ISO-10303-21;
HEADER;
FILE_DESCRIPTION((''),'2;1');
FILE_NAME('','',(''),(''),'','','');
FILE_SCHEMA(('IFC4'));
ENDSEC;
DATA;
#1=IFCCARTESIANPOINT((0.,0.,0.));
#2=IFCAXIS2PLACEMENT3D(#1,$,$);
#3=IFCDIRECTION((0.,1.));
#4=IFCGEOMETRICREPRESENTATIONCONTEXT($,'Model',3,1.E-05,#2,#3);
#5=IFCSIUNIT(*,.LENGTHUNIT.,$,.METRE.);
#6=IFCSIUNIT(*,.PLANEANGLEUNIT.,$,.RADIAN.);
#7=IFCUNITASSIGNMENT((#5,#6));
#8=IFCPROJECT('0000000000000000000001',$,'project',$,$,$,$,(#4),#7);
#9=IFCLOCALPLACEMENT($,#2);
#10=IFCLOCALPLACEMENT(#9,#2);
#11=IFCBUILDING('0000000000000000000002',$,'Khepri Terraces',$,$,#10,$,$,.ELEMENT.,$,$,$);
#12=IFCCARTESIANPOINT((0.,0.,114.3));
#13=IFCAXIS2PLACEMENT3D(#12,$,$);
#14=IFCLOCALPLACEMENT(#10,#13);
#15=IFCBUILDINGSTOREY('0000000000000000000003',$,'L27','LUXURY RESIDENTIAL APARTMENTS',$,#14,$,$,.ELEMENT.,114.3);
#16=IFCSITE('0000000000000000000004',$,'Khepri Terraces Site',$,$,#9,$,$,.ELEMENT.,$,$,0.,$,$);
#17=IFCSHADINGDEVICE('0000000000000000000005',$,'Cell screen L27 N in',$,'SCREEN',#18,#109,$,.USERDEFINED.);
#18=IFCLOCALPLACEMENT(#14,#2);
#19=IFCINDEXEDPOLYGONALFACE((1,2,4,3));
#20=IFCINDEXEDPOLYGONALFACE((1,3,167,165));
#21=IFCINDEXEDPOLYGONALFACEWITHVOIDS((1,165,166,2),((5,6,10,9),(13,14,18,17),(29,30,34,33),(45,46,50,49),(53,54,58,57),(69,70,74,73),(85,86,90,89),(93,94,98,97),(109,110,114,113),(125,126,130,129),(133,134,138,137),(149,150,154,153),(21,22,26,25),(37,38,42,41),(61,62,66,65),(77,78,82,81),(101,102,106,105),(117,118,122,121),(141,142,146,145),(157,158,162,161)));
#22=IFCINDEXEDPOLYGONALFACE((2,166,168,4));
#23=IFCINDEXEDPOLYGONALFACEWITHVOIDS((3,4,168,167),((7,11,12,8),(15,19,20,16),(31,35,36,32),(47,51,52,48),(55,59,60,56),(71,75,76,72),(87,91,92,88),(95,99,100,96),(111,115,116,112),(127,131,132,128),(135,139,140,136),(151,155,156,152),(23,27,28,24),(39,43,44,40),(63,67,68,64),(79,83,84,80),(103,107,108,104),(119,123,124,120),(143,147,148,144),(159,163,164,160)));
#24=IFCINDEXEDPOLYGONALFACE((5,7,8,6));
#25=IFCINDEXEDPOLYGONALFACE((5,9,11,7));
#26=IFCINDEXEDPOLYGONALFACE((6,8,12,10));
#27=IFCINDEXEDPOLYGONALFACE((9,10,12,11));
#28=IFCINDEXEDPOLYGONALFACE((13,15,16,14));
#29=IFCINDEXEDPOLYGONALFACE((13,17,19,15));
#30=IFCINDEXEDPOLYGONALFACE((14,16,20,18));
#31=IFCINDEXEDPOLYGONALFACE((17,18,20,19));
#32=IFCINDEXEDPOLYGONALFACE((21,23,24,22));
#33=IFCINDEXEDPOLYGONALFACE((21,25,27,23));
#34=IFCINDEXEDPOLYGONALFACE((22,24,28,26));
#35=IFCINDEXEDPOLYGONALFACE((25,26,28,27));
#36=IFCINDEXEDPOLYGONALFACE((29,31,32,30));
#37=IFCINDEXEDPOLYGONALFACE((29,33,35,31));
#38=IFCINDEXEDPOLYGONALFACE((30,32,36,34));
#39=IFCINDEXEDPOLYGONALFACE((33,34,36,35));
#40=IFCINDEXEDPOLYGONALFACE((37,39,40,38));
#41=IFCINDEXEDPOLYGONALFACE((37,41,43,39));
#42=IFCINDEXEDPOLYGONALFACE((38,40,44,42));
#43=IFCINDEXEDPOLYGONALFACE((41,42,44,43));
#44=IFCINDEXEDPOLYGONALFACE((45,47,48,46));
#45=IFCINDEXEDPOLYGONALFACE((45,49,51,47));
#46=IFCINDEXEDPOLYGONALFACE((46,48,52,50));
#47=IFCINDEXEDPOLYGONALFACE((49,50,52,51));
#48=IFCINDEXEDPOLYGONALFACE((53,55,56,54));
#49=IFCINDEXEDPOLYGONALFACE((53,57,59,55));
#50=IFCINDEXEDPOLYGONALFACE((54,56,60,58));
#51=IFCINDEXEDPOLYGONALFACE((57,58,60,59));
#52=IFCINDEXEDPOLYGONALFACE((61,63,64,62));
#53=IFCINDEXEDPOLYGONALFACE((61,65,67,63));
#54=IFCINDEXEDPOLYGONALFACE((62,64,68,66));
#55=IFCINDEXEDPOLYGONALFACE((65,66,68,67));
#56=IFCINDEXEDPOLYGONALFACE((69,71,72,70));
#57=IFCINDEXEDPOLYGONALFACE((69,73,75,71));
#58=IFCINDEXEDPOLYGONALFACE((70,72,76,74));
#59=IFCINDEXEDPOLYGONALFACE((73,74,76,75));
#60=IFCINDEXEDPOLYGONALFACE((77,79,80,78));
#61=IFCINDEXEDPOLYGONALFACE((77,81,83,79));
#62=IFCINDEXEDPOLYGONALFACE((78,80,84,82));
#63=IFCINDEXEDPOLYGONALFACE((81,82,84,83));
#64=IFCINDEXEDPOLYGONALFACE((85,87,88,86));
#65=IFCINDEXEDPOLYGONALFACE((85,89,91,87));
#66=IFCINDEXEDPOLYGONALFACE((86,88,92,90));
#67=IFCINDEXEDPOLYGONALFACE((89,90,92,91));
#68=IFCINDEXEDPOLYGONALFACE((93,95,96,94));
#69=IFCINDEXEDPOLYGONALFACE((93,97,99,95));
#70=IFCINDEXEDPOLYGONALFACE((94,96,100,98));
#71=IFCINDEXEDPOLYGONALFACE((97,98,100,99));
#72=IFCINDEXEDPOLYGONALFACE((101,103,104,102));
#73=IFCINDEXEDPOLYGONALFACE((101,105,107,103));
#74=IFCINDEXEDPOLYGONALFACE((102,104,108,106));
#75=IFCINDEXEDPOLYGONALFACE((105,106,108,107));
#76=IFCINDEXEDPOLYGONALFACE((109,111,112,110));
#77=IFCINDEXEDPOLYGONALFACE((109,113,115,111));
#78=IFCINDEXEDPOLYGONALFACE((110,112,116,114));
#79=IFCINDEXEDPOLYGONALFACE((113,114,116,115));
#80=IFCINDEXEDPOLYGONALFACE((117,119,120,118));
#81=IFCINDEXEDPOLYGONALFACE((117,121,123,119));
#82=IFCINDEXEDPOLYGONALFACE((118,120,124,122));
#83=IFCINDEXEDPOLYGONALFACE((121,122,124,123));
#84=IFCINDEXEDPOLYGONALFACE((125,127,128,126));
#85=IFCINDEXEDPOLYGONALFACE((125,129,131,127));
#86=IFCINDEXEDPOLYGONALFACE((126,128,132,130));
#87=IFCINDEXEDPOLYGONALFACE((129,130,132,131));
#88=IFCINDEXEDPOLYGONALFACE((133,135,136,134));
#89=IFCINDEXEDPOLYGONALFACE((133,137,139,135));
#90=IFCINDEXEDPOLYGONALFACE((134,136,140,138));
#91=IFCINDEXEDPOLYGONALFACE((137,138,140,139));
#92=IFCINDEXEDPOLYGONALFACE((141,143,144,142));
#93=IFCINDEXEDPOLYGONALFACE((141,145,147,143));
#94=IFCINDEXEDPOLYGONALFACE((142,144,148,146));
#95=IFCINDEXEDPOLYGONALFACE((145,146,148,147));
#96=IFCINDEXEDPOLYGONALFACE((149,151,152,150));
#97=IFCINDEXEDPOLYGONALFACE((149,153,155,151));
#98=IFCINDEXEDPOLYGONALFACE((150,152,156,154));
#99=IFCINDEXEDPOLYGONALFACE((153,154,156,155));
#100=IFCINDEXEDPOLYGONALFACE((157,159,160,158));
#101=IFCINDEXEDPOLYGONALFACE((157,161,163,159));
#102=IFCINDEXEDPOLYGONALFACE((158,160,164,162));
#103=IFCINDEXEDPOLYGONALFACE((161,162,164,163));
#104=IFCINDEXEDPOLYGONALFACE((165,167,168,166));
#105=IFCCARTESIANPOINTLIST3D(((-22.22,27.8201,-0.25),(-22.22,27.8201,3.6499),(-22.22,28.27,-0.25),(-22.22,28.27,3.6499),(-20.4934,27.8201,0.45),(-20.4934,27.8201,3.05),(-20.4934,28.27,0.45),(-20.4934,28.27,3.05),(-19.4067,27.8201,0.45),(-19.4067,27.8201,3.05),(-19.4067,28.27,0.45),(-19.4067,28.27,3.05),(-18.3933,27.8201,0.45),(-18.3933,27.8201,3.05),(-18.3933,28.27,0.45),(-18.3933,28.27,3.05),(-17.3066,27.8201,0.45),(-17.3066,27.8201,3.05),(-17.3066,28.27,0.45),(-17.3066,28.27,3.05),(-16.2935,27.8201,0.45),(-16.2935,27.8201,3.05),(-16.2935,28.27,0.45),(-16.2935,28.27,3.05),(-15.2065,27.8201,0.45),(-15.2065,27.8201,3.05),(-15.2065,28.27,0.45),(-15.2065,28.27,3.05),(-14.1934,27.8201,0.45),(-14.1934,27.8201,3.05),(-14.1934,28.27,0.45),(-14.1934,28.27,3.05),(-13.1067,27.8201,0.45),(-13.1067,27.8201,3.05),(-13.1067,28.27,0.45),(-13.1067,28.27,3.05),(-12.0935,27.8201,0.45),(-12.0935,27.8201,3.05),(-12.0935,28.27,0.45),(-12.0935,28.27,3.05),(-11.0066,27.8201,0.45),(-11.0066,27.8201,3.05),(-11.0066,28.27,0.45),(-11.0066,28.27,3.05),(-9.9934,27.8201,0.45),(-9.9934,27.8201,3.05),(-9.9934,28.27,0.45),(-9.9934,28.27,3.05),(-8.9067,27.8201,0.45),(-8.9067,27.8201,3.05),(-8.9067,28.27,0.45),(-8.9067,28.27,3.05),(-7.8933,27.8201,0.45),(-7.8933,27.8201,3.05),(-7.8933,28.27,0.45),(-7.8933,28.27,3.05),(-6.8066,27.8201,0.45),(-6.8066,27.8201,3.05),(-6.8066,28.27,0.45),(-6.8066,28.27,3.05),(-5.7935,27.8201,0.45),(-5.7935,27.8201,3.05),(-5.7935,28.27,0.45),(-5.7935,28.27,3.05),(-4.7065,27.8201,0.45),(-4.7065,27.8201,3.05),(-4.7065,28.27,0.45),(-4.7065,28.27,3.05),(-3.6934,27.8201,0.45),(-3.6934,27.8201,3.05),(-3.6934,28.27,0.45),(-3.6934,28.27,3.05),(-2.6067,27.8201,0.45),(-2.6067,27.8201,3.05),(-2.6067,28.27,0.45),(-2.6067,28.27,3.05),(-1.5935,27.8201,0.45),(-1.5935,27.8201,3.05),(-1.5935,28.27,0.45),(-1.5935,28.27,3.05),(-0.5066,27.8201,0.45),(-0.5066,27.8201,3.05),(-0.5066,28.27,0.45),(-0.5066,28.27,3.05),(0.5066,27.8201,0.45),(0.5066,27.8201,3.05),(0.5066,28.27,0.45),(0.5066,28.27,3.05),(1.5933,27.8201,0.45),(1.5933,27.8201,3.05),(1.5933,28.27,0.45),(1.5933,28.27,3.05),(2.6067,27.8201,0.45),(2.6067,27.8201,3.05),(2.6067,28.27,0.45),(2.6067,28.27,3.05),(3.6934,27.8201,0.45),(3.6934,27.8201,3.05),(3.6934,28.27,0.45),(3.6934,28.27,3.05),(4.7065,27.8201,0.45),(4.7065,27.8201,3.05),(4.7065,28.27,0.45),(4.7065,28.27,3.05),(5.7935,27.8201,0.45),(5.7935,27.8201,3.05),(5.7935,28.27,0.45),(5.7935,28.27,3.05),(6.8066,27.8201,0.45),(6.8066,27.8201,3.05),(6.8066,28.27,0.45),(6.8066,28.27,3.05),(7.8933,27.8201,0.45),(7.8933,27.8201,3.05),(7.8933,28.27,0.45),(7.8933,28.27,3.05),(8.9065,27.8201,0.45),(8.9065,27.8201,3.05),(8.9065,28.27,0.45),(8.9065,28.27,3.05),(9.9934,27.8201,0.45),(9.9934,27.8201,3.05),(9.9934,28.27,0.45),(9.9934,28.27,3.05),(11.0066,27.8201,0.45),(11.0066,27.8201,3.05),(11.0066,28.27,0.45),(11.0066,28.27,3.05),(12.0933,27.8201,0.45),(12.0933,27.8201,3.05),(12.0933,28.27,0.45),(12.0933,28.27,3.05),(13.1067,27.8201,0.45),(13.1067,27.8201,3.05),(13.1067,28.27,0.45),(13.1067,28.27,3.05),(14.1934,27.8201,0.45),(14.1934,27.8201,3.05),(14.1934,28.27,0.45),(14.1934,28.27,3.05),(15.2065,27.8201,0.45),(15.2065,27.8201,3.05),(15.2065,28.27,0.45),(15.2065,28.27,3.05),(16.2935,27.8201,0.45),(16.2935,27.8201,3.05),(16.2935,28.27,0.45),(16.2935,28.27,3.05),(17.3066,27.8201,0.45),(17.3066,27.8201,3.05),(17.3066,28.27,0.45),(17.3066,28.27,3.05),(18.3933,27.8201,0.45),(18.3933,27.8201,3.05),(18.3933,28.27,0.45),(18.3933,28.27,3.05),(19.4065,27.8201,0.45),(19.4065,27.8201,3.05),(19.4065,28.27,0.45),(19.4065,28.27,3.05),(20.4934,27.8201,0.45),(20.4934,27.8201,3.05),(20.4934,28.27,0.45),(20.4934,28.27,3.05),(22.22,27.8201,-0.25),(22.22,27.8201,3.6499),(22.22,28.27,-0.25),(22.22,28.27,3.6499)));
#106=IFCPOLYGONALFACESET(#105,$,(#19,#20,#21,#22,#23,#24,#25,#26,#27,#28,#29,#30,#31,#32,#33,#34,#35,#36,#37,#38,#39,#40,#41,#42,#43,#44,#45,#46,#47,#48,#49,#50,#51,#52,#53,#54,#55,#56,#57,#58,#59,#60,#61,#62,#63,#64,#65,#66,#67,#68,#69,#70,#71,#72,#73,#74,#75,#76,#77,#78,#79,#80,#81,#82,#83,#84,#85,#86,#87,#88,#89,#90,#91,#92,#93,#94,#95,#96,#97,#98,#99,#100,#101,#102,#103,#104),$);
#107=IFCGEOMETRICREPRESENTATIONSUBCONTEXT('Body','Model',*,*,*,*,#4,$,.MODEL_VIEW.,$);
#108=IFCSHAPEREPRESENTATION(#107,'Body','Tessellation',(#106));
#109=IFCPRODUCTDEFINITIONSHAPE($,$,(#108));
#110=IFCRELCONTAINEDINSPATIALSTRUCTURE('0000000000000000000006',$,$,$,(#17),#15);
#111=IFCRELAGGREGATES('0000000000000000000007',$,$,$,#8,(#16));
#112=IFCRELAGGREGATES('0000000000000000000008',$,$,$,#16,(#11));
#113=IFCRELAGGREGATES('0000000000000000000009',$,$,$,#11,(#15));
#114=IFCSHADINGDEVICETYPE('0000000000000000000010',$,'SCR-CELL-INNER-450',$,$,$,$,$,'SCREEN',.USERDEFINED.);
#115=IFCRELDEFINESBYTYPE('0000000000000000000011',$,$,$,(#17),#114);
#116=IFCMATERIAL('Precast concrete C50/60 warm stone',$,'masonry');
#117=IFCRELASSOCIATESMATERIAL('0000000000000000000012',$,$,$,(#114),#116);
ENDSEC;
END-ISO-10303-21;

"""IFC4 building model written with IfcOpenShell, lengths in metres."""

from ifc_helpers import new_model, si_unit, direction, frame, origin, place, context, subcontext, project, spatial, polyline, outline, extrude, material, type_object, element, save


model = new_model("IFC4")

# Units and contexts
model_context = context("Model", 3, precision=1e-05, world=origin(), true_north=direction((0.0, 1.0)))
body_context = subcontext(model_context, "Body", "Model", "MODEL_VIEW")
ifc_project = project(units=[si_unit("LENGTHUNIT", "METRE"), si_unit("PLANEANGLEUNIT", "RADIAN")], contexts=[model_context])

# Site, building, storey
site_placement = place(None, origin())
site = spatial("IfcSite", under=ifc_project, at=site_placement, Name="Khepri Terraces Site", CompositionType="ELEMENT", RefElevation=0.0)
building_placement = place(site_placement, origin())
building = spatial("IfcBuilding", under=site, at=building_placement, Name="Khepri Terraces", CompositionType="ELEMENT")
storey_placement = place(building_placement, frame((0.0, 0.0, 114.3)))
storey = spatial("IfcBuildingStorey", under=building, at=storey_placement, Name="L27", Description="LUXURY RESIDENTIAL APARTMENTS", CompositionType="ELEMENT", Elevation=114.3)

# Shared definitions
ifc_material_1 = material(Name="Precast concrete C50/60 warm stone", Category="masonry")

# Shading device
shading_device_type_1 = type_object("IfcShadingDeviceType", Name="SCR-CELL-INNER-450", ElementType="SCREEN", PredefinedType="USERDEFINED", material=ifc_material_1)
shading_device_1_placement = place(storey_placement, frame((22.22, 27.8201, -0.25), z_axis=(0.0, 1.0, 0.0), x_axis=(-1.0, 0.0, 0.0)))
element("IfcShadingDevice", 1, at=shading_device_1_placement, inside=storey, type_object=shading_device_type_1, Name="Cell screen L27 N in", ObjectType="SCREEN", PredefinedType="USERDEFINED", context=body_context, shape_type="SweptSolid", body=[
    extrude(outline(polyline([(0.0, 0.0), (44.4399, 0.0), (44.4399, 3.8999), (0.0, 3.8999), (0.0, 0.0)]), holes=[polyline([(1.7266, 0.7), (2.8135, 0.7), (2.8135, 3.3), (1.7266, 3.3), (1.7266, 0.7)]), polyline([(3.8267, 0.7), (4.9133, 0.7), (4.9133, 3.3), (3.8267, 3.3), (3.8267, 0.7)]), polyline([(5.9265, 0.7), (7.0134, 0.7), (7.0134, 3.3), (5.9265, 3.3), (5.9265, 0.7)]), polyline([(8.0266, 0.7), (9.1133, 0.7), (9.1133, 3.3), (8.0266, 3.3), (8.0266, 0.7)]), polyline([(10.1267, 0.7), (11.2134, 0.7), (11.2134, 3.3), (10.1267, 3.3), (10.1267, 0.7)]), polyline([(12.2266, 0.7), (13.3135, 0.7), (13.3135, 3.3), (12.2266, 3.3), (12.2266, 0.7)]), polyline([(14.3267, 0.7), (15.4133, 0.7), (15.4133, 3.3), (14.3267, 3.3), (14.3267, 0.7)]), polyline([(16.4265, 0.7), (17.5134, 0.7), (17.5134, 3.3), (16.4265, 3.3), (16.4265, 0.7)]), polyline([(18.5266, 0.7), (19.6133, 0.7), (19.6133, 3.3), (18.5266, 3.3), (18.5266, 0.7)]), polyline([(20.6267, 0.7), (21.7134, 0.7), (21.7134, 3.3), (20.6267, 3.3), (20.6267, 0.7)]), polyline([(22.7266, 0.7), (23.8135, 0.7), (23.8135, 3.3), (22.7266, 3.3), (22.7266, 0.7)]), polyline([(24.8267, 0.7), (25.9133, 0.7), (25.9133, 3.3), (24.8267, 3.3), (24.8267, 0.7)]), polyline([(26.9265, 0.7), (28.0134, 0.7), (28.0134, 3.3), (26.9265, 3.3), (26.9265, 0.7)]), polyline([(29.0266, 0.7), (30.1133, 0.7), (30.1133, 3.3), (29.0266, 3.3), (29.0266, 0.7)]), polyline([(31.1267, 0.7), (32.2134, 0.7), (32.2134, 3.3), (31.1267, 3.3), (31.1267, 0.7)]), polyline([(33.2266, 0.7), (34.3135, 0.7), (34.3135, 3.3), (33.2266, 3.3), (33.2266, 0.7)]), polyline([(35.3267, 0.7), (36.4133, 0.7), (36.4133, 3.3), (35.3267, 3.3), (35.3267, 0.7)]), polyline([(37.4265, 0.7), (38.5134, 0.7), (38.5134, 3.3), (37.4265, 3.3), (37.4265, 0.7)]), polyline([(39.5266, 0.7), (40.6133, 0.7), (40.6133, 3.3), (39.5266, 3.3), (39.5266, 0.7)]), polyline([(41.6267, 0.7), (42.7134, 0.7), (42.7134, 3.3), (41.6267, 3.3), (41.6267, 0.7)])]), origin(), (0.0, 0.0, 1.0), 0.45),
])

save(model, "model.ifc")
